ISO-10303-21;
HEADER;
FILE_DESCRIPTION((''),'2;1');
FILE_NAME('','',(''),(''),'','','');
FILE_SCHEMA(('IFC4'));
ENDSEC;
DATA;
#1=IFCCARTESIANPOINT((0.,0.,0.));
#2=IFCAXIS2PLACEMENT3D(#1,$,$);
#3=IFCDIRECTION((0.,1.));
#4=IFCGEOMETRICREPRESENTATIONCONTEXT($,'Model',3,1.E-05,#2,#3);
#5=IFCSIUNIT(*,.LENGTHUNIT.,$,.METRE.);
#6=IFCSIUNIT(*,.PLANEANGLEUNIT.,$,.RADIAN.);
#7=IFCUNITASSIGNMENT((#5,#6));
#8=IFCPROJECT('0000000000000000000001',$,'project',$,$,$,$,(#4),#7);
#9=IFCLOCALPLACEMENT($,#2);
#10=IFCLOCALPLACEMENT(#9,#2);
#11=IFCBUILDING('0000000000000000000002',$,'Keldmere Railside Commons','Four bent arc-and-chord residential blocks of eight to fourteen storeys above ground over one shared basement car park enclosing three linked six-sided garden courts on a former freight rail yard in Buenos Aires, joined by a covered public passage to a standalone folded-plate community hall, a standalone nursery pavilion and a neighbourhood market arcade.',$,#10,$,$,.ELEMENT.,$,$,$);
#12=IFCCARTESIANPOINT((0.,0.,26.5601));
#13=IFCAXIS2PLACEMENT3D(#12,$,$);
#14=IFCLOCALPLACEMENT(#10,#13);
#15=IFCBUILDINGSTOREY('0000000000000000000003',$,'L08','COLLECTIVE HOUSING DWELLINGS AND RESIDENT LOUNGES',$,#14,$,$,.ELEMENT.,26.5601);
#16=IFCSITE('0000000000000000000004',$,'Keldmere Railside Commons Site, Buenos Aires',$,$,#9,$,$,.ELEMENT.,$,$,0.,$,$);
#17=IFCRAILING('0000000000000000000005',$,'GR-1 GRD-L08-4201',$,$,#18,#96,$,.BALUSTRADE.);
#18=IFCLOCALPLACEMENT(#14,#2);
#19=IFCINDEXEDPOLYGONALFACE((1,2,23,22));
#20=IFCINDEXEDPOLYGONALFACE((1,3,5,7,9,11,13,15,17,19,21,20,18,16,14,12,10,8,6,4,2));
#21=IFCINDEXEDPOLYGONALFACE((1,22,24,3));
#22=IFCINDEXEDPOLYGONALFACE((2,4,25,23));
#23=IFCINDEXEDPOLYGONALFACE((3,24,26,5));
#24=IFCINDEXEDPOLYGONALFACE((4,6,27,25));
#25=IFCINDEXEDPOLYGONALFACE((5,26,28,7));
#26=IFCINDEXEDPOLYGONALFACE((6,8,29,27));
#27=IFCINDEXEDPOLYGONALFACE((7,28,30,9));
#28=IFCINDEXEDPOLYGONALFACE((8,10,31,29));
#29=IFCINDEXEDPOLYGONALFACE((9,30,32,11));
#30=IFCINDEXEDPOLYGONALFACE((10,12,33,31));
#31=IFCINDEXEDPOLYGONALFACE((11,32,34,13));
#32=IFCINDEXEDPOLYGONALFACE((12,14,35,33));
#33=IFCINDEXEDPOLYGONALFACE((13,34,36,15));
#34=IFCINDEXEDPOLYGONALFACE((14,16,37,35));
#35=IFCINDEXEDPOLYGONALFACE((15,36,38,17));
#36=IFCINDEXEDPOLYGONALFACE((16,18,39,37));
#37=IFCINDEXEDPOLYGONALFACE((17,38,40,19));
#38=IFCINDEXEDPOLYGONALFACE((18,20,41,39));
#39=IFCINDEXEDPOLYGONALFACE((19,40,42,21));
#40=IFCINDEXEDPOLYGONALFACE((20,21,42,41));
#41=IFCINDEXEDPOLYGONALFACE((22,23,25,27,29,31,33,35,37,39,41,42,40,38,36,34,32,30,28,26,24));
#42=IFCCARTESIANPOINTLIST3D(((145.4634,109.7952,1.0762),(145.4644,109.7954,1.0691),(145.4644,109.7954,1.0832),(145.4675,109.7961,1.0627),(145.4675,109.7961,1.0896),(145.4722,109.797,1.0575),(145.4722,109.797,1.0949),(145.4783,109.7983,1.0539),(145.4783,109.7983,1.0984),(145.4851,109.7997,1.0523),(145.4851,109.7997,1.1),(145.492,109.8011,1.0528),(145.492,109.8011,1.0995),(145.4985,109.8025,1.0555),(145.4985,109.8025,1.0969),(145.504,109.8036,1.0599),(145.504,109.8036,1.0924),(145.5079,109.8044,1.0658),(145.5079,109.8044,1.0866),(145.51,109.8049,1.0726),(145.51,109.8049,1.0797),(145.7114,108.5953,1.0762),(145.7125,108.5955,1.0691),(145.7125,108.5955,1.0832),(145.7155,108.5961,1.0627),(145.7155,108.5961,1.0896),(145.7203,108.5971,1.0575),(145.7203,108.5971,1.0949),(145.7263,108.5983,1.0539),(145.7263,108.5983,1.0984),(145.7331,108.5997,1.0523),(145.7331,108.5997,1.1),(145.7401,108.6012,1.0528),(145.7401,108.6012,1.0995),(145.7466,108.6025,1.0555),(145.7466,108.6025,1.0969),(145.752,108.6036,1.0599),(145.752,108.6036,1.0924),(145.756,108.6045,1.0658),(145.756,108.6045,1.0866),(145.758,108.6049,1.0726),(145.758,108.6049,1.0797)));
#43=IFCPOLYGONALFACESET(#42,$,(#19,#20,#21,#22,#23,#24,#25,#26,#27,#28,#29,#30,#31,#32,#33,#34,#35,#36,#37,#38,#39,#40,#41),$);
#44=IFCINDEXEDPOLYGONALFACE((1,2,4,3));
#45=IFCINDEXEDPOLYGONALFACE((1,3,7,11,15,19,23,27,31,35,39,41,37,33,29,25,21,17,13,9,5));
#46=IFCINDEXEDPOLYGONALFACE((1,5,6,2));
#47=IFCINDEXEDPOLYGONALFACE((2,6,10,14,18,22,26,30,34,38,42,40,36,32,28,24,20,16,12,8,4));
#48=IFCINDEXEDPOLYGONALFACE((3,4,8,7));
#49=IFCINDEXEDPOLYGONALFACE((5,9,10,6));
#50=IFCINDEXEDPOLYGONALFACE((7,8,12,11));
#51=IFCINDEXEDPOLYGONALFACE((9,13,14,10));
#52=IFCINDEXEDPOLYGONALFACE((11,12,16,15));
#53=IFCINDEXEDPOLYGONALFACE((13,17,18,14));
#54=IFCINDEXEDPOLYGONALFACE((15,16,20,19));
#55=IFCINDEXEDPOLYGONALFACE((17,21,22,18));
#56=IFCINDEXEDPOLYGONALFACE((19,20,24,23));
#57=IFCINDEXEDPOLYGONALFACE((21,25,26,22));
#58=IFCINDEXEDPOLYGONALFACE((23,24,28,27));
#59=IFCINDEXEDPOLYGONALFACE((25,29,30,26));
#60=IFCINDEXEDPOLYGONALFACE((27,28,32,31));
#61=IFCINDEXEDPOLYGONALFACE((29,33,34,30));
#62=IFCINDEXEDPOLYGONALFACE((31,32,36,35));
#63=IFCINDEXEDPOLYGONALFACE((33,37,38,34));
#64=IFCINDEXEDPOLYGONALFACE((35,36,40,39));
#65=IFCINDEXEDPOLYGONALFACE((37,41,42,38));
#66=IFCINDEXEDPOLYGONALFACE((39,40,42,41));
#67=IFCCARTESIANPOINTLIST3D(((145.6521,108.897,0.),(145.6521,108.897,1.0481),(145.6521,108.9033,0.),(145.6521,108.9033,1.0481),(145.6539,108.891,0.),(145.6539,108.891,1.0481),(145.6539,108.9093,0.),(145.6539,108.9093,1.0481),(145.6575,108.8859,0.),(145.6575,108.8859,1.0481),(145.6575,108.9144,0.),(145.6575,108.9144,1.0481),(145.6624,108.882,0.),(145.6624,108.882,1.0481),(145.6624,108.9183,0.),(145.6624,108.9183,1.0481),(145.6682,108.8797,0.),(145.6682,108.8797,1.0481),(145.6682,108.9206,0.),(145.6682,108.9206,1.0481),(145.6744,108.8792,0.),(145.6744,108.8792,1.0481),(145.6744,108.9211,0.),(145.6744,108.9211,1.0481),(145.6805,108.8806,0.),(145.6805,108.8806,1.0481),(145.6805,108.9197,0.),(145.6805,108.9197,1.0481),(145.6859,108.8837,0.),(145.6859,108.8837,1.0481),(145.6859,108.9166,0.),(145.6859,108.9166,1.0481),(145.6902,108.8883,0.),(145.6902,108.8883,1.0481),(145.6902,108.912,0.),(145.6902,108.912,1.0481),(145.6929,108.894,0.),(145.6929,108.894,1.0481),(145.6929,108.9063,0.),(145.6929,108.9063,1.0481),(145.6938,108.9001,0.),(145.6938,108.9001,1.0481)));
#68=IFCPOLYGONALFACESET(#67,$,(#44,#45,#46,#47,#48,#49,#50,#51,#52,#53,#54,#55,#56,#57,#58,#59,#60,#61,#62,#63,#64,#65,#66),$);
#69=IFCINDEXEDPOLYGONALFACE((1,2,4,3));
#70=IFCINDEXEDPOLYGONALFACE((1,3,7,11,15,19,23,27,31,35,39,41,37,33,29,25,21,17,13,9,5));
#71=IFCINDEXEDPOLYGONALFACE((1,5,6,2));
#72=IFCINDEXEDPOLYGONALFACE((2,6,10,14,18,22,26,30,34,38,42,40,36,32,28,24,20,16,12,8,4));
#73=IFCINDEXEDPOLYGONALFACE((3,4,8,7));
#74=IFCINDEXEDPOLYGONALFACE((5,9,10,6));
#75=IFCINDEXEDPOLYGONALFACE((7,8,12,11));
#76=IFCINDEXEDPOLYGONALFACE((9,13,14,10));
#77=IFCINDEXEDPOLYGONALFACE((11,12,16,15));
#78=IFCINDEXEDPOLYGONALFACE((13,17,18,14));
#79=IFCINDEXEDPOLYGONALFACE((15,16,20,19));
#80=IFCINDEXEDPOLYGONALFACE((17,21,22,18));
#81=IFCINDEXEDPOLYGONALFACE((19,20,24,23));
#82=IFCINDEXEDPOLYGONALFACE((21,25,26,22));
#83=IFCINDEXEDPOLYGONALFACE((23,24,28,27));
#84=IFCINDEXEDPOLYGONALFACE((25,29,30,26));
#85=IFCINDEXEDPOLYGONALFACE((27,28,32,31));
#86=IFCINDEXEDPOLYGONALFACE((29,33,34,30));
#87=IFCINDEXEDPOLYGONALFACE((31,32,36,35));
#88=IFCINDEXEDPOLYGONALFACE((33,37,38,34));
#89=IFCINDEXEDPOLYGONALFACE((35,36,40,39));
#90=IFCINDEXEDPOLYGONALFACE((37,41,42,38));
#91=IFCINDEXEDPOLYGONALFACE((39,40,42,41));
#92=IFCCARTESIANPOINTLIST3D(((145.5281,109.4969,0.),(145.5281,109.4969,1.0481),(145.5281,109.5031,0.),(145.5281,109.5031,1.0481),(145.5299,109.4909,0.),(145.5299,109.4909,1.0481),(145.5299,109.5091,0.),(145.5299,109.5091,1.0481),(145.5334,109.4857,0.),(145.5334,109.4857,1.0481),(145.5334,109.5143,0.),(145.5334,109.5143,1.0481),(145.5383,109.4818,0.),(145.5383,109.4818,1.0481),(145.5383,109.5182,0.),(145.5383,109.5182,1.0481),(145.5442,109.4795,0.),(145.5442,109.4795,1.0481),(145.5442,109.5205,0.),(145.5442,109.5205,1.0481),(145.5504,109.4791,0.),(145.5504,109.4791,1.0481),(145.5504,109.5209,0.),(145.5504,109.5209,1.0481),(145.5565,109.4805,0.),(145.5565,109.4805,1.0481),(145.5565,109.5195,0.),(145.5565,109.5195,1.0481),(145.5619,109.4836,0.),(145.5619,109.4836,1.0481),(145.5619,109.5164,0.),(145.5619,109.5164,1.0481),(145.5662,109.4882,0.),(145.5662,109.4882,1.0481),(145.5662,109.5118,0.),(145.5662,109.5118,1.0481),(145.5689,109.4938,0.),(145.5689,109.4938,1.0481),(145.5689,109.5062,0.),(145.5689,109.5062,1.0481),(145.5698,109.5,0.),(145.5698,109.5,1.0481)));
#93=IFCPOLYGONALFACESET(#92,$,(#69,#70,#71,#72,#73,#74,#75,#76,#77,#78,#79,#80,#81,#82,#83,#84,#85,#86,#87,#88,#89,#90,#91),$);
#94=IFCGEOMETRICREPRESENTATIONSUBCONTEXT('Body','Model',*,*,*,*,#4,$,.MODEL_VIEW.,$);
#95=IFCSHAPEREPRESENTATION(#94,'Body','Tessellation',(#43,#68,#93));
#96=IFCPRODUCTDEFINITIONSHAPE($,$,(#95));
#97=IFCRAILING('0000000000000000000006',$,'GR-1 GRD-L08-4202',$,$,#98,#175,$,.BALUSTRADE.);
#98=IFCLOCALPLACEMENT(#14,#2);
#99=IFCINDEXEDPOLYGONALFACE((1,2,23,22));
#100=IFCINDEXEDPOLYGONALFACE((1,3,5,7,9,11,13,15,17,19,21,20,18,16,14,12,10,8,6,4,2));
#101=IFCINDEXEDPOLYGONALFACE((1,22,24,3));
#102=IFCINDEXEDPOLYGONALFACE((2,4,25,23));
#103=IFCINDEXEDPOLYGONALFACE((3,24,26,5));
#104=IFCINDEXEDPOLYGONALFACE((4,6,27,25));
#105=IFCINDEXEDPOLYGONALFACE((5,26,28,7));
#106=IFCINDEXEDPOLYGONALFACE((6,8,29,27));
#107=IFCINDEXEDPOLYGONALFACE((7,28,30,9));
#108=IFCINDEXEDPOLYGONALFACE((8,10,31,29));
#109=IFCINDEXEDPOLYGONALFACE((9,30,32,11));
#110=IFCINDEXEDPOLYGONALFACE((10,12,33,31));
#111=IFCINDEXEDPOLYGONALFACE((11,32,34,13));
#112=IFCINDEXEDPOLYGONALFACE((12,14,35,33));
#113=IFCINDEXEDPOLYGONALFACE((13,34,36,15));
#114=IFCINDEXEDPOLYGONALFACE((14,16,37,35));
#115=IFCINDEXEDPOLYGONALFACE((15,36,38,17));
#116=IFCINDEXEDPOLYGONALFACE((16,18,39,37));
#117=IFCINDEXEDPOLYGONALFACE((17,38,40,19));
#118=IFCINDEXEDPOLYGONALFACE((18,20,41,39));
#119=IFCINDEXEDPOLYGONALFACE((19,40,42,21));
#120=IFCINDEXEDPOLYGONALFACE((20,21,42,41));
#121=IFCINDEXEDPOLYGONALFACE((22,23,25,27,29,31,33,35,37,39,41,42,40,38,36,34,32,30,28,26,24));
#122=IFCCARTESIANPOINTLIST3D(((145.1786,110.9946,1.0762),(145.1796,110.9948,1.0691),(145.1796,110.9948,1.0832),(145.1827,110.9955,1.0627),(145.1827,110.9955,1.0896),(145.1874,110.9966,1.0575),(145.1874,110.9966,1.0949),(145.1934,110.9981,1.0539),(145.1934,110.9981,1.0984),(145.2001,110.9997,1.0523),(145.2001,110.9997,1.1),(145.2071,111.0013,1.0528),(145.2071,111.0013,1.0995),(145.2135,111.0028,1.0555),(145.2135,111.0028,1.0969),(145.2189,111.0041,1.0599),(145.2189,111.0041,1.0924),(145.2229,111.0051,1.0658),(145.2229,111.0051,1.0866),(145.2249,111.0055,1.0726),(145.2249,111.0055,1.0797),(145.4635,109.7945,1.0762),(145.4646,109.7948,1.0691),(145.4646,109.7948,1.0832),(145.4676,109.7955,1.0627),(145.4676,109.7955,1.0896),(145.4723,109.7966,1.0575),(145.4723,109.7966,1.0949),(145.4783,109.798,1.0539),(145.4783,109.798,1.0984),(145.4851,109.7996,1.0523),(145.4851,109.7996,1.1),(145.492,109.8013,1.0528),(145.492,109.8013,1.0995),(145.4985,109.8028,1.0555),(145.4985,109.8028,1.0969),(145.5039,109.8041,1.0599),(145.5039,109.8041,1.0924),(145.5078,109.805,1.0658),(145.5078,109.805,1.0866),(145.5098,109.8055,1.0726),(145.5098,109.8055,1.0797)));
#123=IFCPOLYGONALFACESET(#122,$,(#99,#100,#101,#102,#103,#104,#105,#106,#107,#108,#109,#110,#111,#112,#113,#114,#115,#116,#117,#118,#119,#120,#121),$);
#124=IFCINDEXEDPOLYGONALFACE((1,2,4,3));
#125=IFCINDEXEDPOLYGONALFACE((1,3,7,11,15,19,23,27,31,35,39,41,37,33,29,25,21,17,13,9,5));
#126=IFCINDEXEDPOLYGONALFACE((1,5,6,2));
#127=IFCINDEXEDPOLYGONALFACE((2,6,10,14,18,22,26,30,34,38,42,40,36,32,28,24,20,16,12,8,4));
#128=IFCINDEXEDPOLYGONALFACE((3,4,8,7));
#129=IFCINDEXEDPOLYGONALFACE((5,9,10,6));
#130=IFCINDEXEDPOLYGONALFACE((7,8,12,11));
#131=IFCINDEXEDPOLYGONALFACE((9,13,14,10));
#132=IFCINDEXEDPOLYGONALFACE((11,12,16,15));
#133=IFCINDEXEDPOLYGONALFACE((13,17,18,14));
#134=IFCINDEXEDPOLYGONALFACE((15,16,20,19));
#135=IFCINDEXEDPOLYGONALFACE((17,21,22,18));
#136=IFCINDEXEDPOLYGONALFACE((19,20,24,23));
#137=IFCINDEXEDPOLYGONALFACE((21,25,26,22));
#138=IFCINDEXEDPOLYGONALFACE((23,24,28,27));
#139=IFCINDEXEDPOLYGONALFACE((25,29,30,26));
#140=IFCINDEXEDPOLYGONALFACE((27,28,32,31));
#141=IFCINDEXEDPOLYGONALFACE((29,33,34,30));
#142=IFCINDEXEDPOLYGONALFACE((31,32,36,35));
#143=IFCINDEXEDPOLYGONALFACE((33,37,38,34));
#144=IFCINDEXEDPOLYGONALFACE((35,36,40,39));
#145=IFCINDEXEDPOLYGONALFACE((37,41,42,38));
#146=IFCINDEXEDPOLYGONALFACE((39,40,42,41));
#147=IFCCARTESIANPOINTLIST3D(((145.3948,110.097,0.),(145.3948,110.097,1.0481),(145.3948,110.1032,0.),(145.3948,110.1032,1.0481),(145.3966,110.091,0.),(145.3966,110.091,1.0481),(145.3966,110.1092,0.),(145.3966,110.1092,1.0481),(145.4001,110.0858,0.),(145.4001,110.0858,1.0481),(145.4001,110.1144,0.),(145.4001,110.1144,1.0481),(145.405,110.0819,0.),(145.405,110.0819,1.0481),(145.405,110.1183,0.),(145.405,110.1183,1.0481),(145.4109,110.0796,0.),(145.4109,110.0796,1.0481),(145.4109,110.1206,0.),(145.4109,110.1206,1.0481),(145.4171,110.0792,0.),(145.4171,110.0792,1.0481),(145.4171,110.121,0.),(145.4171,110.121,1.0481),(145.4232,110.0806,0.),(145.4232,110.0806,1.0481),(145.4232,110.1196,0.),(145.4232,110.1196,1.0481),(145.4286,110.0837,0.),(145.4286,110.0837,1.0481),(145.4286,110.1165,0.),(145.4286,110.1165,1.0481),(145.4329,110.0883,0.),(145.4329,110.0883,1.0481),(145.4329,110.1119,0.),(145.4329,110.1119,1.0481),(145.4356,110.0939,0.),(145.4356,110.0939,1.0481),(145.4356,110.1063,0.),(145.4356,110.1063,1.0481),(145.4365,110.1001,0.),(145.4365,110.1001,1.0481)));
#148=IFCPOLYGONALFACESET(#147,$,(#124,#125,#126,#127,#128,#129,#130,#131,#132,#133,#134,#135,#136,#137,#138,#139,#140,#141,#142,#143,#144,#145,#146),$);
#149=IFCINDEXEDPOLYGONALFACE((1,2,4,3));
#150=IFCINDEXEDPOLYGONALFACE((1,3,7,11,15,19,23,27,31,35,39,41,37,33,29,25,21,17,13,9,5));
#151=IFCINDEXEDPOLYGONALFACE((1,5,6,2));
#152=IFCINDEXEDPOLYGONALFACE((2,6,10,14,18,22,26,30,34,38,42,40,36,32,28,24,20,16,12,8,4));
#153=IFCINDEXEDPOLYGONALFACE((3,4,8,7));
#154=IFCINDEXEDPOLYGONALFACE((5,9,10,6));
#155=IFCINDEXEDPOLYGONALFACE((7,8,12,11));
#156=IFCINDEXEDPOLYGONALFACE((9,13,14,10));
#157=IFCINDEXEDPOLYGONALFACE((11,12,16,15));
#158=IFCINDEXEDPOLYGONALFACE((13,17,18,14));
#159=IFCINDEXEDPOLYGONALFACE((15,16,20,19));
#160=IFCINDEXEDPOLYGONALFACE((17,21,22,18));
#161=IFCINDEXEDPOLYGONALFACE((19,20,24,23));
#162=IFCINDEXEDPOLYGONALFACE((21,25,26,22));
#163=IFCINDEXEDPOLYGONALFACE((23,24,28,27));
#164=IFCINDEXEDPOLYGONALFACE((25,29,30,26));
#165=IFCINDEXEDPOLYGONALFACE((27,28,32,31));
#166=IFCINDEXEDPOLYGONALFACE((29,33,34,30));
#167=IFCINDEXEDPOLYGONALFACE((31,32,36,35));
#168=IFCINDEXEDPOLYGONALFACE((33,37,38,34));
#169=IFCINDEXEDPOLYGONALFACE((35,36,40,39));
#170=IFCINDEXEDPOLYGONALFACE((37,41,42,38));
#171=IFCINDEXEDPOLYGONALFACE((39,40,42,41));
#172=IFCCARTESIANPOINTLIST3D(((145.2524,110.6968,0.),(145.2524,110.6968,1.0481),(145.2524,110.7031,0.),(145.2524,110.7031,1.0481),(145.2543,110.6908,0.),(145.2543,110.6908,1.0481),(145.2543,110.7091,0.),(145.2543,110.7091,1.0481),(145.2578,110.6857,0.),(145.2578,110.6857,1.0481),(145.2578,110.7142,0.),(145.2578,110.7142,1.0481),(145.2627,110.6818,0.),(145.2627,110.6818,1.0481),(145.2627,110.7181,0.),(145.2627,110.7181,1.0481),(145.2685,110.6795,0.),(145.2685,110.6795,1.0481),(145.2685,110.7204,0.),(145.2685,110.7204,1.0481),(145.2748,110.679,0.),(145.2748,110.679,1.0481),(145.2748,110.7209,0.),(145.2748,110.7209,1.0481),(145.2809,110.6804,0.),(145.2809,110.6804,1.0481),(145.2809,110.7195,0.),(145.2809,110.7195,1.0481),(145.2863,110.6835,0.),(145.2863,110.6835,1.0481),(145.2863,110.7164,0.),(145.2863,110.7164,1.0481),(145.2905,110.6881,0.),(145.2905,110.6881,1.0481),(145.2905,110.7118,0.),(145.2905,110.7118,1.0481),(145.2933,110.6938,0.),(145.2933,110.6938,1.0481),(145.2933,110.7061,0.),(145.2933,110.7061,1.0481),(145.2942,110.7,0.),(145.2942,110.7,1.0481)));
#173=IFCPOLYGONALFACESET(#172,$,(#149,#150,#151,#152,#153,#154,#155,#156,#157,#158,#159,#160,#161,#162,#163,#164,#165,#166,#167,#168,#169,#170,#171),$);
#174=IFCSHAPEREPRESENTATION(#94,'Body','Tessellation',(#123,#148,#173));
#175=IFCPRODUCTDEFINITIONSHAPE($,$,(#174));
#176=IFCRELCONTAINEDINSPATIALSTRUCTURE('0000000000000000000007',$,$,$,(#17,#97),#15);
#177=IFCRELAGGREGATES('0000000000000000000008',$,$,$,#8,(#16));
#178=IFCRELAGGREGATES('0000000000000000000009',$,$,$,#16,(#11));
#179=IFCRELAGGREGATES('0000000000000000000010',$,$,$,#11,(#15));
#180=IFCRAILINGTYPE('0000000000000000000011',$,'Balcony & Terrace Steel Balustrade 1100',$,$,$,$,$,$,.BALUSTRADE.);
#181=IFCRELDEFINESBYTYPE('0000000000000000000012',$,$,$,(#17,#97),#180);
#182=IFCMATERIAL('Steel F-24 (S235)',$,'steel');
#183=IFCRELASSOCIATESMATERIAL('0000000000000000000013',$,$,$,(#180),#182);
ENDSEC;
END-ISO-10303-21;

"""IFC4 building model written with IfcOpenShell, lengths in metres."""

from ifc_helpers import new_model, si_unit, direction, frame, origin, origin_2d, place, context, subcontext, project, spatial, circle, extrude, material, type_object, element, save


model = new_model("IFC4")

# Units and contexts
model_context = context("Model", 3, precision=1e-05, world=origin(), true_north=direction((0.0, 1.0)))
body_context = subcontext(model_context, "Body", "Model", "MODEL_VIEW")
ifc_project = project(units=[si_unit("LENGTHUNIT", "METRE"), si_unit("PLANEANGLEUNIT", "RADIAN")], contexts=[model_context])

# Site, building, storey
site_placement = place(None, origin())
site = spatial("IfcSite", under=ifc_project, at=site_placement, Name="Keldmere Railside Commons Site, Buenos Aires", CompositionType="ELEMENT", RefElevation=0.0)
building_placement = place(site_placement, origin())
building = spatial("IfcBuilding", under=site, at=building_placement, Name="Keldmere Railside Commons", Description="Four bent arc-and-chord residential blocks of eight to fourteen storeys above ground over one shared basement car park enclosing three linked six-sided garden courts on a former freight rail yard in Buenos Aires, joined by a covered public passage to a standalone folded-plate community hall, a standalone nursery pavilion and a neighbourhood market arcade.", CompositionType="ELEMENT")
storey_placement = place(building_placement, frame((0.0, 0.0, 26.5601)))
storey = spatial("IfcBuildingStorey", under=building, at=storey_placement, Name="L08", Description="COLLECTIVE HOUSING DWELLINGS AND RESIDENT LOUNGES", CompositionType="ELEMENT", Elevation=26.5601)

# Shared definitions
ifc_material_1 = material(Name="Steel F-24 (S235)", Category="steel")

# Railings
railing_type = type_object("IfcRailingType", Name="Balcony & Terrace Steel Balustrade 1100", PredefinedType="BALUSTRADE", material=ifc_material_1)
railing_1_placement = place(storey_placement, frame((145.7349, 108.6001, 0.0)))
element("IfcRailing", 1, at=railing_1_placement, inside=storey, type_object=railing_type, Name="GR-1 GRD-L08-4201", PredefinedType="BALUSTRADE", context=body_context, shape_type="SweptSolid", body=[
    extrude(circle(Radius=0.0239, at=origin_2d()), frame((0.0, 0.0, 1.0762), z_axis=(-0.202434, 0.979296, 0.0), x_axis=(-0.979296, -0.202434, 0.0)), (0.0, 0.0, 1.0), 1.2253),
    extrude(circle(Radius=0.021, at=origin_2d()), frame((-0.062, 0.3, 0.0)), (0.0, 0.0, 1.0), 1.0481),
    extrude(circle(Radius=0.021, at=origin_2d()), frame((-0.186, 0.8999, 0.0)), (0.0, 0.0, 1.0), 1.0481),
])
railing_2_placement = place(storey_placement, frame((145.4868, 109.8, 0.0)))
element("IfcRailing", 2, at=railing_2_placement, inside=storey, type_object=railing_type, Name="GR-1 GRD-L08-4202", PredefinedType="BALUSTRADE", context=body_context, shape_type="SweptSolid", body=[
    extrude(circle(Radius=0.0239, at=origin_2d()), frame((0.0, 0.0, 1.0762), z_axis=(-0.231014, 0.97295, 0.0), x_axis=(-0.97295, -0.231014, 0.0)), (0.0, 0.0, 1.0), 1.2334),
    extrude(circle(Radius=0.021, at=origin_2d()), frame((-0.0713, 0.3, 0.0)), (0.0, 0.0, 1.0), 1.0481),
    extrude(circle(Radius=0.021, at=origin_2d()), frame((-0.2136, 0.8999, 0.0)), (0.0, 0.0, 1.0), 1.0481),
])

save(model, "model.ifc")
